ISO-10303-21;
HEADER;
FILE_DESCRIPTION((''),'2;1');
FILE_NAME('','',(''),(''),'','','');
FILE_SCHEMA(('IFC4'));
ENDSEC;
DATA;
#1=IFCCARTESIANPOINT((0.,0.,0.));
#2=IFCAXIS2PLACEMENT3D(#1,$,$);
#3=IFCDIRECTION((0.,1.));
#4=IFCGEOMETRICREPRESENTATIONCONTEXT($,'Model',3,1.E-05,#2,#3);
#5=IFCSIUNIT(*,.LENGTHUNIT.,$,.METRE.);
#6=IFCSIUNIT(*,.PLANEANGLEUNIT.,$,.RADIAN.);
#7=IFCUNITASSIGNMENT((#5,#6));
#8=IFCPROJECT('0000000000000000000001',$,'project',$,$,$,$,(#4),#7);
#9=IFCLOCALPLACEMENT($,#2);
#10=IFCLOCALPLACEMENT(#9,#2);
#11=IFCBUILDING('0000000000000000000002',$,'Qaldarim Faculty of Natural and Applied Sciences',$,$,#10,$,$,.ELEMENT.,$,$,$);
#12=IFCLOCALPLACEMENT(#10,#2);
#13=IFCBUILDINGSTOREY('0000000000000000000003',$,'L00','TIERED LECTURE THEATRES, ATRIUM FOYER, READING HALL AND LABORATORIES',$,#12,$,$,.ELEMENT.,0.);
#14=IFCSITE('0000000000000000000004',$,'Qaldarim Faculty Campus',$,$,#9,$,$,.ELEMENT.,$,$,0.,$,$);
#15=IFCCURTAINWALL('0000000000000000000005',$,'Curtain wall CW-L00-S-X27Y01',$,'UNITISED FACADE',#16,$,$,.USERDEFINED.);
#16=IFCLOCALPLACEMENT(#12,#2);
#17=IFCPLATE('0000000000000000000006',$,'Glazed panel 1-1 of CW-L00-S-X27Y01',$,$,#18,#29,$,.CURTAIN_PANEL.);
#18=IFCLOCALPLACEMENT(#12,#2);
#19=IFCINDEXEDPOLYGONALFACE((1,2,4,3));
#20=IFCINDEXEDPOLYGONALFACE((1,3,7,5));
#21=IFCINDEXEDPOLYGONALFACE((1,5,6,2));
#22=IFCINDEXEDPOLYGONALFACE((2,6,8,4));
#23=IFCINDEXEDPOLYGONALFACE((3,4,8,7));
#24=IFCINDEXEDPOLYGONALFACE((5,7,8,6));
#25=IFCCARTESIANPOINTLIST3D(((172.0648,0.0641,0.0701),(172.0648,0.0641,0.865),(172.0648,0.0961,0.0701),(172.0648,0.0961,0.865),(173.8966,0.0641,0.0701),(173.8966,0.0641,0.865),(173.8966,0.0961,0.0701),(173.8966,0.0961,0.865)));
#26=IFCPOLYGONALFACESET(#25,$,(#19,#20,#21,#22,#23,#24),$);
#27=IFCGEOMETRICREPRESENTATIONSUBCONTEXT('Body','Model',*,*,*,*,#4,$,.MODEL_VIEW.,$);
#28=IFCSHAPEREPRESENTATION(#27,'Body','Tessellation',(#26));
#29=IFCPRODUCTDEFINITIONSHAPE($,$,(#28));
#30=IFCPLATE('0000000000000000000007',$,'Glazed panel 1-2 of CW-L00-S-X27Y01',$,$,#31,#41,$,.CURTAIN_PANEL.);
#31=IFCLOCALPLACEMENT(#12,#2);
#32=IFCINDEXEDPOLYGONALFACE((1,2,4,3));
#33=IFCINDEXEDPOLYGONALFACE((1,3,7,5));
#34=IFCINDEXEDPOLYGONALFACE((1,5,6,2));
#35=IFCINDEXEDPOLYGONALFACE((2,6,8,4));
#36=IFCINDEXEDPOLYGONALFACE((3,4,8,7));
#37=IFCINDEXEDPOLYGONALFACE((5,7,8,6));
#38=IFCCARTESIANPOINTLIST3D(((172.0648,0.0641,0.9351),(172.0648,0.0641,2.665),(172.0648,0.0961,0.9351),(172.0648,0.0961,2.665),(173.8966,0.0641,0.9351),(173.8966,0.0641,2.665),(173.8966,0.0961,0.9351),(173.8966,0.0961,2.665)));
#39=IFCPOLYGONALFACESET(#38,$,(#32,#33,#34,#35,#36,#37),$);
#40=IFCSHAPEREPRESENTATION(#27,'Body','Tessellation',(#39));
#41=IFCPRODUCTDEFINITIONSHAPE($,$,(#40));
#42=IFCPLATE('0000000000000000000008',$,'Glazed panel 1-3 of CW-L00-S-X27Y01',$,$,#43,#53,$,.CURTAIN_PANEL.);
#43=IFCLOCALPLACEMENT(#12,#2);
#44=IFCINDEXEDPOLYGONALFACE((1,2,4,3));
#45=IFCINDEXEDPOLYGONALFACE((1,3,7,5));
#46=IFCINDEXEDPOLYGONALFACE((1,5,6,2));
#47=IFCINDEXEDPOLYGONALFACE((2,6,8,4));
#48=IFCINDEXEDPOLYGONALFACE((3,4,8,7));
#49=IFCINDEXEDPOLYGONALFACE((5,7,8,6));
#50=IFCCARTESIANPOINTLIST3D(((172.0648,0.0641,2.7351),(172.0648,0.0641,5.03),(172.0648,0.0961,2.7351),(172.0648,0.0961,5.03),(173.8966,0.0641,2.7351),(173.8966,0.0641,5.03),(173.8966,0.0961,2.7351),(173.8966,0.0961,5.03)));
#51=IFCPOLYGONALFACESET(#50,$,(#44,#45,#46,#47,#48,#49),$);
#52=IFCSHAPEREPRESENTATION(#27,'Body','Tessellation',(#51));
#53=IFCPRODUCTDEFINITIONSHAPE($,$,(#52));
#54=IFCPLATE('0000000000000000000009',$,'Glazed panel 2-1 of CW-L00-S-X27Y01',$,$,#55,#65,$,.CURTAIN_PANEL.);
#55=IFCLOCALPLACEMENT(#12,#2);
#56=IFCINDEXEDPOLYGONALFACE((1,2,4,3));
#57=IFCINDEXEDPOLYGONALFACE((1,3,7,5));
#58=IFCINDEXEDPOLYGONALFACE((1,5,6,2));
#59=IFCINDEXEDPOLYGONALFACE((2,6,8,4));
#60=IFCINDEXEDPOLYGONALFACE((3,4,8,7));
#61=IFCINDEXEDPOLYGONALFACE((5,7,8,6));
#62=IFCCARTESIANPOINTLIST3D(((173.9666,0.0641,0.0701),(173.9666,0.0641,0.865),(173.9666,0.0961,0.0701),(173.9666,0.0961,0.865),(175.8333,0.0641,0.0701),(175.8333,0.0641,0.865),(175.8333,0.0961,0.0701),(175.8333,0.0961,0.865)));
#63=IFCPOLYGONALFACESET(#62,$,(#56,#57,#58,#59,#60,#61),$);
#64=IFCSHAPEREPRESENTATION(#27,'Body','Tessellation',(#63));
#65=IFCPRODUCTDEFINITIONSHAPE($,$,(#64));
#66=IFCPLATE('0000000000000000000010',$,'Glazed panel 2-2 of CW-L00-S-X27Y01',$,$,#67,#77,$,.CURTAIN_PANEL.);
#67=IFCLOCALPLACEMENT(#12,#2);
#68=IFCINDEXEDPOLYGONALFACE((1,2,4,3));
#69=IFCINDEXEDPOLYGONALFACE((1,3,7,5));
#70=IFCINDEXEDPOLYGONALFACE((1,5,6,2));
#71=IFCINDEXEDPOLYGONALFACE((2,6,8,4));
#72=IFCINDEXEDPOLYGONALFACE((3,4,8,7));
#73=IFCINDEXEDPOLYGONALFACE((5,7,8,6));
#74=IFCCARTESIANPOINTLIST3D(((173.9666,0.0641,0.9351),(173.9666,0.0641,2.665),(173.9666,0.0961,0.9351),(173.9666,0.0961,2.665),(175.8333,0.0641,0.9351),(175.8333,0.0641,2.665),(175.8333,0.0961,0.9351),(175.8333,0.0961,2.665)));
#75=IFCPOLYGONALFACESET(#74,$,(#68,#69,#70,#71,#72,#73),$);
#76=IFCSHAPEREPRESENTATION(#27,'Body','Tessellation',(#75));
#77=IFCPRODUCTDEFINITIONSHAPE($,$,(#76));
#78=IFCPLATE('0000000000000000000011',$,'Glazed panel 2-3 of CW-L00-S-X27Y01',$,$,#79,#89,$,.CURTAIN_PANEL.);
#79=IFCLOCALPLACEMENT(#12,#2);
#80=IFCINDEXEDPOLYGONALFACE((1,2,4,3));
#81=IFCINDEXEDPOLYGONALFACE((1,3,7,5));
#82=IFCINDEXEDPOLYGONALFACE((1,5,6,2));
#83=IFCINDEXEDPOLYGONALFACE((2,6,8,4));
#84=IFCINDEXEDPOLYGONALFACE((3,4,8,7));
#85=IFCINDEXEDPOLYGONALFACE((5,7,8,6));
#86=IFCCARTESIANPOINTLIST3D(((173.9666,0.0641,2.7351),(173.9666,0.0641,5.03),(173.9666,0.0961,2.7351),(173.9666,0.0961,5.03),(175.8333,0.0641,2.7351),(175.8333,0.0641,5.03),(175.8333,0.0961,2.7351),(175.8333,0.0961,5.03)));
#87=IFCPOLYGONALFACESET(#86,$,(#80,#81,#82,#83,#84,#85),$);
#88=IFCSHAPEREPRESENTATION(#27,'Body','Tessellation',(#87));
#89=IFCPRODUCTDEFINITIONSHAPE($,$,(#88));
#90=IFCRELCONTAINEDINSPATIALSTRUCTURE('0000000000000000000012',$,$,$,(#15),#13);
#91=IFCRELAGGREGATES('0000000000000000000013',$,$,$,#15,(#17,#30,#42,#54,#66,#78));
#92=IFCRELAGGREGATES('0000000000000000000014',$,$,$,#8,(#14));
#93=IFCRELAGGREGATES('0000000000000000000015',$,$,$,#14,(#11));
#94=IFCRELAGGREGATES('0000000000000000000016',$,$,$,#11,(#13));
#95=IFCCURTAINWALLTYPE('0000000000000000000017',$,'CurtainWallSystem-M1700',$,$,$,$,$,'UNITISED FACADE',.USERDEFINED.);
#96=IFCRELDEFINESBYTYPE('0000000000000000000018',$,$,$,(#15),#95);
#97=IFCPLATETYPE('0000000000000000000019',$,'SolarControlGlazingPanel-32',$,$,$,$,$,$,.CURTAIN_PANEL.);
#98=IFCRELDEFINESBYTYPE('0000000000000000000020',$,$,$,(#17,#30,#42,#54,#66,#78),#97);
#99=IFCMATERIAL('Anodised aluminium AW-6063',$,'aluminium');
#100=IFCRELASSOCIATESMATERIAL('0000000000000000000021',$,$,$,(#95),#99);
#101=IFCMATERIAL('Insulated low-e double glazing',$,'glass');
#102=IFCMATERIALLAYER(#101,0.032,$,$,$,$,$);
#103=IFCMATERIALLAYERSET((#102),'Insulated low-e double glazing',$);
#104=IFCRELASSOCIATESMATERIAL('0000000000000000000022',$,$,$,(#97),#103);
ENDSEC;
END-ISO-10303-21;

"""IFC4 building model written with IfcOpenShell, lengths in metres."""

from ifc_helpers import new_model, si_unit, direction, frame, origin, origin_2d, place, context, subcontext, project, spatial, rectangle, extrude, material, layer, layer_set, type_object, element, aggregate, save


model = new_model("IFC4")

# Units and contexts
model_context = context("Model", 3, precision=1e-05, world=origin(), true_north=direction((0.0, 1.0)))
body_context = subcontext(model_context, "Body", "Model", "MODEL_VIEW")
ifc_project = project(units=[si_unit("LENGTHUNIT", "METRE"), si_unit("PLANEANGLEUNIT", "RADIAN")], contexts=[model_context])

# Site, building, storey
site_placement = place(None, origin())
site = spatial("IfcSite", under=ifc_project, at=site_placement, Name="Qaldarim Faculty Campus", CompositionType="ELEMENT", RefElevation=0.0)
building_placement = place(site_placement, origin())
building = spatial("IfcBuilding", under=site, at=building_placement, Name="Qaldarim Faculty of Natural and Applied Sciences", CompositionType="ELEMENT")
storey_placement = place(building_placement, origin())
storey = spatial("IfcBuildingStorey", under=building, at=storey_placement, Name="L00", Description="TIERED LECTURE THEATRES, ATRIUM FOYER, READING HALL AND LABORATORIES", CompositionType="ELEMENT", Elevation=0.0)

# Curtain wall
ifc_material_1 = material(Name="Anodised aluminium AW-6063", Category="aluminium")
curtain_wall_type = type_object("IfcCurtainWallType", Name="CurtainWallSystem-M1700", ElementType="UNITISED FACADE", PredefinedType="USERDEFINED", material=ifc_material_1)
curtain_wall_1_placement = place(storey_placement, origin())
curtain_wall_1 = element("IfcCurtainWall", 1, at=curtain_wall_1_placement, inside=storey, type_object=curtain_wall_type, Name="Curtain wall CW-L00-S-X27Y01", ObjectType="UNITISED FACADE", PredefinedType="USERDEFINED")

# Plates
ifc_material_2 = material(Name="Insulated low-e double glazing", Category="glass")
ifc_layer = layer(ifc_material_2, 0.032)
ifc_layer_set = layer_set([ifc_layer], Name="Insulated low-e double glazing")
plate_type = type_object("IfcPlateType", Name="SolarControlGlazingPanel-32", PredefinedType="CURTAIN_PANEL", material=ifc_layer_set)
plate_1_placement = place(storey_placement, frame((172.9807, 0.0801, 0.0701), z_axis=(0.0, 0.0, 1.0), x_axis=(1.0, 0.0, 0.0)))
plate_1 = element("IfcPlate", 2, at=plate_1_placement, type_object=plate_type, Name="Glazed panel 1-1 of CW-L00-S-X27Y01", PredefinedType="CURTAIN_PANEL", context=body_context, shape_type="SweptSolid", body=[
    extrude(rectangle(XDim=1.8318, YDim=0.032, at=origin_2d()), origin(), (0.0, 0.0, 1.0), 0.7949),
])
plate_2_placement = place(storey_placement, frame((172.9807, 0.0801, 0.9351), z_axis=(0.0, 0.0, 1.0), x_axis=(1.0, 0.0, 0.0)))
plate_2 = element("IfcPlate", 3, at=plate_2_placement, type_object=plate_type, Name="Glazed panel 1-2 of CW-L00-S-X27Y01", PredefinedType="CURTAIN_PANEL", context=body_context, shape_type="SweptSolid", body=[
    extrude(rectangle(XDim=1.8318, YDim=0.032, at=origin_2d()), origin(), (0.0, 0.0, 1.0), 1.73),
])
plate_3_placement = place(storey_placement, frame((172.9807, 0.0801, 2.7351), z_axis=(0.0, 0.0, 1.0), x_axis=(1.0, 0.0, 0.0)))
plate_3 = element("IfcPlate", 4, at=plate_3_placement, type_object=plate_type, Name="Glazed panel 1-3 of CW-L00-S-X27Y01", PredefinedType="CURTAIN_PANEL", context=body_context, shape_type="SweptSolid", body=[
    extrude(rectangle(XDim=1.8318, YDim=0.032, at=origin_2d()), origin(), (0.0, 0.0, 1.0), 2.2949),
])
plate_4_placement = place(storey_placement, frame((174.8999, 0.0801, 0.0701), z_axis=(0.0, 0.0, 1.0), x_axis=(1.0, 0.0, 0.0)))
plate_4 = element("IfcPlate", 5, at=plate_4_placement, type_object=plate_type, Name="Glazed panel 2-1 of CW-L00-S-X27Y01", PredefinedType="CURTAIN_PANEL", context=body_context, shape_type="SweptSolid", body=[
    extrude(rectangle(XDim=1.8667, YDim=0.032, at=origin_2d()), origin(), (0.0, 0.0, 1.0), 0.7949),
])
plate_5_placement = place(storey_placement, frame((174.8999, 0.0801, 0.9351), z_axis=(0.0, 0.0, 1.0), x_axis=(1.0, 0.0, 0.0)))
plate_5 = element("IfcPlate", 6, at=plate_5_placement, type_object=plate_type, Name="Glazed panel 2-2 of CW-L00-S-X27Y01", PredefinedType="CURTAIN_PANEL", context=body_context, shape_type="SweptSolid", body=[
    extrude(rectangle(XDim=1.8667, YDim=0.032, at=origin_2d()), origin(), (0.0, 0.0, 1.0), 1.73),
])
plate_6_placement = place(storey_placement, frame((174.8999, 0.0801, 2.7351), z_axis=(0.0, 0.0, 1.0), x_axis=(1.0, 0.0, 0.0)))
plate_6 = element("IfcPlate", 7, at=plate_6_placement, type_object=plate_type, Name="Glazed panel 2-3 of CW-L00-S-X27Y01", PredefinedType="CURTAIN_PANEL", context=body_context, shape_type="SweptSolid", body=[
    extrude(rectangle(XDim=1.8667, YDim=0.032, at=origin_2d()), origin(), (0.0, 0.0, 1.0), 2.2949),
])
aggregate(curtain_wall_1, [plate_1, plate_2, plate_3, plate_4, plate_5, plate_6])

save(model, "model.ifc")
